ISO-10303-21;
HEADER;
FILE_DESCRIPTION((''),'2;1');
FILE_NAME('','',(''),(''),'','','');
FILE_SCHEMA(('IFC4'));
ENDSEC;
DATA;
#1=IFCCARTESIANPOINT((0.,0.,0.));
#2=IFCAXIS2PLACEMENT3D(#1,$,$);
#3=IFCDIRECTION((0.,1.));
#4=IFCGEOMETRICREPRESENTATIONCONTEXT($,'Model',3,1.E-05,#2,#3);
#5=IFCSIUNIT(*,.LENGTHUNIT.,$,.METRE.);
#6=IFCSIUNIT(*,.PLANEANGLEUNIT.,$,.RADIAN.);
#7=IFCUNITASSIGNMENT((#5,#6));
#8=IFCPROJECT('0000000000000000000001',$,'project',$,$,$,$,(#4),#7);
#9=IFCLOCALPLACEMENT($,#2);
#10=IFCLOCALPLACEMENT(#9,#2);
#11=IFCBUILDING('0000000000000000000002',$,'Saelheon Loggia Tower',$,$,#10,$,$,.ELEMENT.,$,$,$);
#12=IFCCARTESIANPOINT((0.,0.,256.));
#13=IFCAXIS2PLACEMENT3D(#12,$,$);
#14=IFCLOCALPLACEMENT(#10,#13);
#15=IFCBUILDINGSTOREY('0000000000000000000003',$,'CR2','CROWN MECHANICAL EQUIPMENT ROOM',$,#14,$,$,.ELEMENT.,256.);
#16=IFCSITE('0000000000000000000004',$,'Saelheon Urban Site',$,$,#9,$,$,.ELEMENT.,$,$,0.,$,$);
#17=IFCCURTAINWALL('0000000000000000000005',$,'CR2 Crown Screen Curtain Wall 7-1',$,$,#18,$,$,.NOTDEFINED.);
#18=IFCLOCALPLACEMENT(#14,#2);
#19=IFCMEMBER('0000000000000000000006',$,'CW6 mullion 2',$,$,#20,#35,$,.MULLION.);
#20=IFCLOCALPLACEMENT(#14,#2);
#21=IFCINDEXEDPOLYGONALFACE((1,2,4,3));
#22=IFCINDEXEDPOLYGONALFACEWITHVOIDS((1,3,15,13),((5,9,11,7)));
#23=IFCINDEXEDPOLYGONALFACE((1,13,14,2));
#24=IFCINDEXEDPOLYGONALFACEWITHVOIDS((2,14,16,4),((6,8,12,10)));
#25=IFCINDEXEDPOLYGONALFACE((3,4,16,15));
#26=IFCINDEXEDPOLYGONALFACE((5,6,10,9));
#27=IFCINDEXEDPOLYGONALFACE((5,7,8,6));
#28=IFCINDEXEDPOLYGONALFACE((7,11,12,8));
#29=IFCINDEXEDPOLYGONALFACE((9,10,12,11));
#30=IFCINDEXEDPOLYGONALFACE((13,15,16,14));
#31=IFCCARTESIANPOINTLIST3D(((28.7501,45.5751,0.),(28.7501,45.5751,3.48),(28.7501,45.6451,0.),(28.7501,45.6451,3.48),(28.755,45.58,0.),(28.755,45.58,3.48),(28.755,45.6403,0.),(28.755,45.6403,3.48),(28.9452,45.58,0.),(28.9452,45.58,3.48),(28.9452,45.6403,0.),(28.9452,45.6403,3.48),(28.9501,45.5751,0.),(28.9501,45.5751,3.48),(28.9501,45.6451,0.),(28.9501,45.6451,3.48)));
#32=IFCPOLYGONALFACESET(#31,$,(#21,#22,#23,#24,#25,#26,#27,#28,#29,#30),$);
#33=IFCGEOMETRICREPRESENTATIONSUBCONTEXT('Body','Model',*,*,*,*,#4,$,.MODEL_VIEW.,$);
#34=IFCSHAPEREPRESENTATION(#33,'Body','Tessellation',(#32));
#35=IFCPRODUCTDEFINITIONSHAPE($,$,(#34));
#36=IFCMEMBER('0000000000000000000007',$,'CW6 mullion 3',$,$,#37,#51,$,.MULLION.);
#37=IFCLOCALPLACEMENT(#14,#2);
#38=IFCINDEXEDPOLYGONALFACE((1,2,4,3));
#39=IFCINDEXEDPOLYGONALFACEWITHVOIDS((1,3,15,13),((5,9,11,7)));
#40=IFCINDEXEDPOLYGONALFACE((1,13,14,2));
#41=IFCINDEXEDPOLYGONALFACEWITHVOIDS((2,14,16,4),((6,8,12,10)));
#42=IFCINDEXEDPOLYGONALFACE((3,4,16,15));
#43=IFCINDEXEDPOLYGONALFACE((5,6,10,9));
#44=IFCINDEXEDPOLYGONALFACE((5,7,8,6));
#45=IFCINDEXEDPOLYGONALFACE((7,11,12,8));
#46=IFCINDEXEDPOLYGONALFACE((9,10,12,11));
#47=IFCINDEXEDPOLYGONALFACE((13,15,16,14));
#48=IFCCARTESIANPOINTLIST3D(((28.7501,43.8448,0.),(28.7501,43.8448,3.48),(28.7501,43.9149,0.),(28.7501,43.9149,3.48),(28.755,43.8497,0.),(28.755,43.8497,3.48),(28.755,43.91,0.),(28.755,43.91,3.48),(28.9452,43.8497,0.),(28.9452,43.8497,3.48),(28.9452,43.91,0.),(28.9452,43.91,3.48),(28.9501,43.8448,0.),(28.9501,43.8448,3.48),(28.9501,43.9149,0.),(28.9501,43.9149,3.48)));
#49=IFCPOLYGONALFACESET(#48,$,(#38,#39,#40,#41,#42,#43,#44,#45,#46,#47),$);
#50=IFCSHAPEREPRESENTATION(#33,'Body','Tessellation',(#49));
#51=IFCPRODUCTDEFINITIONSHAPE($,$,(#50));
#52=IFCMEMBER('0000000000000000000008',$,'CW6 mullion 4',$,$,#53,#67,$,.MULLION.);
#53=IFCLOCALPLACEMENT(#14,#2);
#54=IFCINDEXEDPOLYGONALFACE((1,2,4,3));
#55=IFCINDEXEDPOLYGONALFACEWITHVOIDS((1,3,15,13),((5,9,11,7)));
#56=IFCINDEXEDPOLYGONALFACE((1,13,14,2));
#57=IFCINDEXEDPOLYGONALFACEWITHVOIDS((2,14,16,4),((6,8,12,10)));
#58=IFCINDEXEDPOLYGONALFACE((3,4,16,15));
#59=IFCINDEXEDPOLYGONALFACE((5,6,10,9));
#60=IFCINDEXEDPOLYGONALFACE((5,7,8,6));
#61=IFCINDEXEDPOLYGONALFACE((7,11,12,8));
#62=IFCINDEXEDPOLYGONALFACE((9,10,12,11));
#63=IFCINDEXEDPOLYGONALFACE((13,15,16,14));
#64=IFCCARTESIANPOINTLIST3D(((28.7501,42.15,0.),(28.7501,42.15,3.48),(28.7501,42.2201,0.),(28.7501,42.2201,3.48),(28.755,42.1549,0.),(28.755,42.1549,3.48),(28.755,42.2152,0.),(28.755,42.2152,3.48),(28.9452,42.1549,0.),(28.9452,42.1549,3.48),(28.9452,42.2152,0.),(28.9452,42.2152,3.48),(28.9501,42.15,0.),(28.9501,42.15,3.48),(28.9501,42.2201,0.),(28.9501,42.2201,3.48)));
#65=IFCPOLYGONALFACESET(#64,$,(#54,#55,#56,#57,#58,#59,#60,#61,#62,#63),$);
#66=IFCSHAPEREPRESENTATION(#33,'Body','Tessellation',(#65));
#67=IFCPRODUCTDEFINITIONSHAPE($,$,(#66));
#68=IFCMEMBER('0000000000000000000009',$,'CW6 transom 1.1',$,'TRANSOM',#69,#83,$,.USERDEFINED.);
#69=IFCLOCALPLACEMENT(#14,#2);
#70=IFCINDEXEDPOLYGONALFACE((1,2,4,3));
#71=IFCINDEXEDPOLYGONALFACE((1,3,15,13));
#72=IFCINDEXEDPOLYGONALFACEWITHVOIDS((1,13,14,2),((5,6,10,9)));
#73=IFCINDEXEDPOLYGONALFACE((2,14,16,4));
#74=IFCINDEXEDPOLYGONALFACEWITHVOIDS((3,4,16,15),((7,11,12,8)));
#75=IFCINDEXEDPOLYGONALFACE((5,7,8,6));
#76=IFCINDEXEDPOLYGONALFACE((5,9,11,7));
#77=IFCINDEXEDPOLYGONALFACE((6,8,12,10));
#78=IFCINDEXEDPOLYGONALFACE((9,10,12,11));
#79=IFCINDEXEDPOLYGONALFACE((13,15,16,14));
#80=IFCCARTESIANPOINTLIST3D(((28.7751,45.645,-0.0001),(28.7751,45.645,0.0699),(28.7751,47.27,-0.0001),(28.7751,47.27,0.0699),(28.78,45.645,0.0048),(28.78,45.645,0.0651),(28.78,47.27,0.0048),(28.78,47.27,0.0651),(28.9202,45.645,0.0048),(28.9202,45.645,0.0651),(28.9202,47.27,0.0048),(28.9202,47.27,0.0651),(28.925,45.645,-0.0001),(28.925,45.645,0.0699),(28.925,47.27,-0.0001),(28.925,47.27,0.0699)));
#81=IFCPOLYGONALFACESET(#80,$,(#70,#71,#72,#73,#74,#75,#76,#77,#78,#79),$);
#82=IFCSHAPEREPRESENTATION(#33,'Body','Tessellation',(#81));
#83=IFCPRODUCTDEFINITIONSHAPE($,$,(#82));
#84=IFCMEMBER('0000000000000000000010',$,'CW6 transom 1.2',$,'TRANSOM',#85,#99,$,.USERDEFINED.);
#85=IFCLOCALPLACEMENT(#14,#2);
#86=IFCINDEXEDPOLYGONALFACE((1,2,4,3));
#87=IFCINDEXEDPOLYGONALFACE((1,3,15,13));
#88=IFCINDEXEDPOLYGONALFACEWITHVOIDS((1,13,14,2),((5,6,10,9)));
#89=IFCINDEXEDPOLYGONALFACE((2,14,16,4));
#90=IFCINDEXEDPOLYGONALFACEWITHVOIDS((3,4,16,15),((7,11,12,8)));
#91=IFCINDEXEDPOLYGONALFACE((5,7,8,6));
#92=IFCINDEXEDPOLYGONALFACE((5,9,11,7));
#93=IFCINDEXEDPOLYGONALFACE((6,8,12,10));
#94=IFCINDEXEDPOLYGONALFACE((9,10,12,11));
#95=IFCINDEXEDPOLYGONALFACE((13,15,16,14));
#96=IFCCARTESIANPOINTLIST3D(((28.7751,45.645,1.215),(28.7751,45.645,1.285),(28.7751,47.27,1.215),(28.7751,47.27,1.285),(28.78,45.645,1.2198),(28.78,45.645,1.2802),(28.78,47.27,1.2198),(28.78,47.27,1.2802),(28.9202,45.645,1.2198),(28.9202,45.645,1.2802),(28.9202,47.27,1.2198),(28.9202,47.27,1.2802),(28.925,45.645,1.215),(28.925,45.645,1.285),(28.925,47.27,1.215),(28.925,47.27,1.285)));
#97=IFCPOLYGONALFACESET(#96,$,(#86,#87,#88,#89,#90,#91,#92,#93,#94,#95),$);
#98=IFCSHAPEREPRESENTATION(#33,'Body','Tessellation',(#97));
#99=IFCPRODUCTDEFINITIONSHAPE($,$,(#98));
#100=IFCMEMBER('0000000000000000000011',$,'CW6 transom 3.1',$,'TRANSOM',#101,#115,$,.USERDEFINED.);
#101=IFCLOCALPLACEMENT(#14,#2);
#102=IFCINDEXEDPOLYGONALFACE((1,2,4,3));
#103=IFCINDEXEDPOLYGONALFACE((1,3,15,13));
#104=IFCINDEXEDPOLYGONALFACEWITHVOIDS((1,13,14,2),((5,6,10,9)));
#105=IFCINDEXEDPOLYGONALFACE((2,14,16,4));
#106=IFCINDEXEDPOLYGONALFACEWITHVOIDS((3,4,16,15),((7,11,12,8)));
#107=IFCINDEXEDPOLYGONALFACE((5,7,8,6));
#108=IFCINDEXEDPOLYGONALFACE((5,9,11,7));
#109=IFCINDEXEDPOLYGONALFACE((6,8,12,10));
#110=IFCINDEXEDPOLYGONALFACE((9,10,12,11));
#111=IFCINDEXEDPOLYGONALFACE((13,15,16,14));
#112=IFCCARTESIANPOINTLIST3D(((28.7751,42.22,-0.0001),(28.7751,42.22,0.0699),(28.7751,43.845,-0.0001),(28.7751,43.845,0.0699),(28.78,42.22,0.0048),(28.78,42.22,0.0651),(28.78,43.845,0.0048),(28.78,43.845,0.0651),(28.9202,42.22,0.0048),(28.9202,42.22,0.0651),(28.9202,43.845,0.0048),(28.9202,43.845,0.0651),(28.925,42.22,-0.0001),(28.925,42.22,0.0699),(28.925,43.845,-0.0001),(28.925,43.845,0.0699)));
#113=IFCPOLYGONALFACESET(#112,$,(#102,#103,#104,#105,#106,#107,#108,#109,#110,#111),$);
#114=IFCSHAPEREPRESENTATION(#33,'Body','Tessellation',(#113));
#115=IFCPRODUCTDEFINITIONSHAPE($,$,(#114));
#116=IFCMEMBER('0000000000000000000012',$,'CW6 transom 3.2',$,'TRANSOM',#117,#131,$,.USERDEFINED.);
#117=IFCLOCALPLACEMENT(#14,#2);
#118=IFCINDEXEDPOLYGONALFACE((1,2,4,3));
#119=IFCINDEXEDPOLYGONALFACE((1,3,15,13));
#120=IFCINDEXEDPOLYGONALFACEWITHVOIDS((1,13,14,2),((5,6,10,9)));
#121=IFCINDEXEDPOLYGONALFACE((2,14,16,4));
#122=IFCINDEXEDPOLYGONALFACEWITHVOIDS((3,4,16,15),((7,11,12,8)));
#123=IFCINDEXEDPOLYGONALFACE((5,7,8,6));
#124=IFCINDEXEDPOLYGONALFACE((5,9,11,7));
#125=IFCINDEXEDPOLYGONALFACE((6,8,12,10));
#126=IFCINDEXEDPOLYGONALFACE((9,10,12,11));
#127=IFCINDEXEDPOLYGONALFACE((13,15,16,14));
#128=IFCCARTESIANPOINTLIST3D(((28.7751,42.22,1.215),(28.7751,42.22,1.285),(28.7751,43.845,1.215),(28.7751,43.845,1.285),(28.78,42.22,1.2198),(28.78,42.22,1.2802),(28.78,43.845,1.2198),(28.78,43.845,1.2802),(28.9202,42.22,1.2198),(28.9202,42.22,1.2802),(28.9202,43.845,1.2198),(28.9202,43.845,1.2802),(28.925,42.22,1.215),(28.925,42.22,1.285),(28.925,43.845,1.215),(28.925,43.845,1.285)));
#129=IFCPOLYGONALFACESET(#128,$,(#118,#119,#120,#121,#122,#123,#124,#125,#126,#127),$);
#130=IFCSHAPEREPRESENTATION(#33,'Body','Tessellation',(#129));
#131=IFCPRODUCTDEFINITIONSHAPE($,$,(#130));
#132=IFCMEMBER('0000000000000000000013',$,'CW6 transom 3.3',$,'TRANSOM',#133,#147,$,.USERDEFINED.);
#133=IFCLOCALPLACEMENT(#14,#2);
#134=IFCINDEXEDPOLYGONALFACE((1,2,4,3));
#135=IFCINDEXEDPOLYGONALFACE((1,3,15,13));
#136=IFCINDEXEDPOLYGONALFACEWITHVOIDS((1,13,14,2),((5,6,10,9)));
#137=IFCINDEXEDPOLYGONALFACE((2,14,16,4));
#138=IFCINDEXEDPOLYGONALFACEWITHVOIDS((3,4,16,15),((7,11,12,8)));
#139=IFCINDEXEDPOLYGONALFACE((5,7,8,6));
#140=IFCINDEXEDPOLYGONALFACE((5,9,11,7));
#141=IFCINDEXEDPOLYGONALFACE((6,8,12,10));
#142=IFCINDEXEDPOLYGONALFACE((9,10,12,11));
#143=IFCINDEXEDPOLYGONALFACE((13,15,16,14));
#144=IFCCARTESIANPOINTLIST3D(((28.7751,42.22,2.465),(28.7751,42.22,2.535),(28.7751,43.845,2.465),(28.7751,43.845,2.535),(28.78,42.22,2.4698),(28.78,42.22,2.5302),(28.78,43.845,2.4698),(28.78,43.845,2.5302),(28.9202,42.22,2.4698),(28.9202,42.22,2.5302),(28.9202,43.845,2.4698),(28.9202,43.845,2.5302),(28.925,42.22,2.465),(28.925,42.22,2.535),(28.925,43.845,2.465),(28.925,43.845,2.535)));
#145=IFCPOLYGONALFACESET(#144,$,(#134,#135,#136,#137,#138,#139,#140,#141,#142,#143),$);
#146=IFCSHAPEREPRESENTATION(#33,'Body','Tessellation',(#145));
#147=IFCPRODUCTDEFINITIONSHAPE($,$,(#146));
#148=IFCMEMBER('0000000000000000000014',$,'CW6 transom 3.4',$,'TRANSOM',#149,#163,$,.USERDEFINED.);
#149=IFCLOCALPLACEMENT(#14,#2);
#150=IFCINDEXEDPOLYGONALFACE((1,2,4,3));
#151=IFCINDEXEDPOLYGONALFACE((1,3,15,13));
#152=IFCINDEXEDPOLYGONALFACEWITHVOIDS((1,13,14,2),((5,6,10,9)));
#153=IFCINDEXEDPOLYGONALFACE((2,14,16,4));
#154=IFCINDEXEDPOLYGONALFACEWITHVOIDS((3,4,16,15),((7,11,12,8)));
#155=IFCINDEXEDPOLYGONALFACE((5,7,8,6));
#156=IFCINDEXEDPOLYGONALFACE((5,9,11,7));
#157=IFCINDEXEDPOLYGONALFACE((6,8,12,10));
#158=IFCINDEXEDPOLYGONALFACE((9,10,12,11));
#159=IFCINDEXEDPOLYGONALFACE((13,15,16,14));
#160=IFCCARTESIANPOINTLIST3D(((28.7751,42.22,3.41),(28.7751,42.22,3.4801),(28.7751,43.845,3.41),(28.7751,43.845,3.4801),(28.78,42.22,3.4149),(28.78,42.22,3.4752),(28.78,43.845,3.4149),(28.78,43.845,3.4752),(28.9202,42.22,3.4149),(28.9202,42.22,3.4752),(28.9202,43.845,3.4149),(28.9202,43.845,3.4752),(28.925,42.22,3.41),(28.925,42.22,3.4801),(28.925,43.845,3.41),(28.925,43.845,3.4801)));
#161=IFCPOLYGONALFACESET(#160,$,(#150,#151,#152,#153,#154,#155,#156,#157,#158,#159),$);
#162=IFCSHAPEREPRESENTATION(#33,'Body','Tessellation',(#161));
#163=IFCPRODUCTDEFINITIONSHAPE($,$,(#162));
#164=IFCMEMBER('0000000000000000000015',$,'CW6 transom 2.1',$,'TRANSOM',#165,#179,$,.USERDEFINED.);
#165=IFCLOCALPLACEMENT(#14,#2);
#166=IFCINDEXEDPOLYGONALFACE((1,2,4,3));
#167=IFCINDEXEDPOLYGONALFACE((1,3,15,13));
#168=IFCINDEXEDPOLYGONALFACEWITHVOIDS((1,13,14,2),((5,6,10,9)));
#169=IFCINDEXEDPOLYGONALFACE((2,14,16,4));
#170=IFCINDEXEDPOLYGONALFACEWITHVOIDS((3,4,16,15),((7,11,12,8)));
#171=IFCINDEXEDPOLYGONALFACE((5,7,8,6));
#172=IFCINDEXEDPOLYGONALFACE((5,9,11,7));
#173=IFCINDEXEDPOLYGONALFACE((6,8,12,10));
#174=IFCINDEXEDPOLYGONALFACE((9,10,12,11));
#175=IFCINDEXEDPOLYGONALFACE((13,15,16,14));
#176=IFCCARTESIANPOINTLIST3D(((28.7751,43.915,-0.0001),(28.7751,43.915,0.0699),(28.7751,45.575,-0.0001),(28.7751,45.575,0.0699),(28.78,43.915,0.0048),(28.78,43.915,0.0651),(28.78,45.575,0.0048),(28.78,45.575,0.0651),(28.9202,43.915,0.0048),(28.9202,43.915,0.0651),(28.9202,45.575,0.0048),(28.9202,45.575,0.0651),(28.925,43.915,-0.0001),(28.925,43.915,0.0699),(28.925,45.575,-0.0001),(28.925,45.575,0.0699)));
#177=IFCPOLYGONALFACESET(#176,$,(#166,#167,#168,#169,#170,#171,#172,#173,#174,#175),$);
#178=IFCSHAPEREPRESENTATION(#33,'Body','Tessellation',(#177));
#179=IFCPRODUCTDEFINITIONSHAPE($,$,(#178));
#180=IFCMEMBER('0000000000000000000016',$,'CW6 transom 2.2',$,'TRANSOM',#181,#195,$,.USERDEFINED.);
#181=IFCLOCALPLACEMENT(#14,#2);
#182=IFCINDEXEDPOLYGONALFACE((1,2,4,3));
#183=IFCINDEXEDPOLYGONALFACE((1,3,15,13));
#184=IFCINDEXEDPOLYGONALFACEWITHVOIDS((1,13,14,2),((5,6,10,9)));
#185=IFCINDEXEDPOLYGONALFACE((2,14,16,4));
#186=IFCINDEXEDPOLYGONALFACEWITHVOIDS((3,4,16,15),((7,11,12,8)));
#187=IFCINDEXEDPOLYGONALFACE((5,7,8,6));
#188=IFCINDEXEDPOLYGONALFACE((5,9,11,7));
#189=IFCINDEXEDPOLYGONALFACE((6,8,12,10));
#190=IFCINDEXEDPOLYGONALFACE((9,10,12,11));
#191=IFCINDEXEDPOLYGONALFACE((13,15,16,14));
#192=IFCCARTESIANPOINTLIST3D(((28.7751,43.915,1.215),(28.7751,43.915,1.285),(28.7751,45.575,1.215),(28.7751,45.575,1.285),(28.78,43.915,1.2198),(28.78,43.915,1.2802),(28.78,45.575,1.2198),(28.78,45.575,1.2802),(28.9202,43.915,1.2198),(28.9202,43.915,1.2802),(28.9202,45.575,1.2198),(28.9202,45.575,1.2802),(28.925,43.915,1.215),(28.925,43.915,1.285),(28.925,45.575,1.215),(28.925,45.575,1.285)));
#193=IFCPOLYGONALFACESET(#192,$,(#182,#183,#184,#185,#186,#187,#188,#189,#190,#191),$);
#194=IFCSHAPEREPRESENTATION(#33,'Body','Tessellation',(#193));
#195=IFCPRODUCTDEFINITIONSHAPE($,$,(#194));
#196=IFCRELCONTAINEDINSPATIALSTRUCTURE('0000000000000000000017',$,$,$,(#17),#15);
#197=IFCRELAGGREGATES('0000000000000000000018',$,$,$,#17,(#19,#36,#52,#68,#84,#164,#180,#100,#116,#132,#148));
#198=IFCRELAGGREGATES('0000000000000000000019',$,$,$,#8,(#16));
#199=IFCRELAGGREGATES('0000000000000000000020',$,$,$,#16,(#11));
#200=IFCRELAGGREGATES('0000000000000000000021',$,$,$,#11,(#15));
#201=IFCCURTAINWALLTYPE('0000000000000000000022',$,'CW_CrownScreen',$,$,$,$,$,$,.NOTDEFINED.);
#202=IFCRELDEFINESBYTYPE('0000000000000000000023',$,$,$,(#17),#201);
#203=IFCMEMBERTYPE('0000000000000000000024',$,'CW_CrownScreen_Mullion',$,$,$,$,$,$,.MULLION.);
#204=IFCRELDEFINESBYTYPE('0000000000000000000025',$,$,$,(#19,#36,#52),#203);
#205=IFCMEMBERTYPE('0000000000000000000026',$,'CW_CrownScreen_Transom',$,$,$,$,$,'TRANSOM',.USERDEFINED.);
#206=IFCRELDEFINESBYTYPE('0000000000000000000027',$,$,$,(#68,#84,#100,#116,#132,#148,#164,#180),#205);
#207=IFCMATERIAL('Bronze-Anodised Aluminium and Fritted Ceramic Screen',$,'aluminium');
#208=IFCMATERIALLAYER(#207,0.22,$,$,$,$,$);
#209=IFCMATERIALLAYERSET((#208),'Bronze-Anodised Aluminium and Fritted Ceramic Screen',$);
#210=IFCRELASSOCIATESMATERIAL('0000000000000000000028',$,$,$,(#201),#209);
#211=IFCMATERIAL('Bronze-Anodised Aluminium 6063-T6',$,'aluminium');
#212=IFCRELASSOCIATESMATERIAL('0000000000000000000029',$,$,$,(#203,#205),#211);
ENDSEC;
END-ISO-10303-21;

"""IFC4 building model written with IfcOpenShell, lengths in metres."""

from ifc_helpers import new_model, si_unit, direction, frame, origin, origin_2d, place, context, subcontext, project, spatial, hollow_rectangle, extrude, source, transform, mapped, material, layer, layer_set, material_profile, profile_set, type_object, element, aggregate, save


model = new_model("IFC4")

# Units and contexts
model_context = context("Model", 3, precision=1e-05, world=origin(), true_north=direction((0.0, 1.0)))
body_context = subcontext(model_context, "Body", "Model", "MODEL_VIEW")
ifc_project = project(units=[si_unit("LENGTHUNIT", "METRE"), si_unit("PLANEANGLEUNIT", "RADIAN")], contexts=[model_context])

# Site, building, storey
site_placement = place(None, origin())
site = spatial("IfcSite", under=ifc_project, at=site_placement, Name="Saelheon Urban Site", CompositionType="ELEMENT", RefElevation=0.0)
building_placement = place(site_placement, origin())
building = spatial("IfcBuilding", under=site, at=building_placement, Name="Saelheon Loggia Tower", CompositionType="ELEMENT")
storey_placement = place(building_placement, frame((0.0, 0.0, 256.0)))
storey = spatial("IfcBuildingStorey", under=building, at=storey_placement, Name="CR2", Description="CROWN MECHANICAL EQUIPMENT ROOM", CompositionType="ELEMENT", Elevation=256.0)

# Curtain wall, members
ifc_material_1 = material(Name="Bronze-Anodised Aluminium and Fritted Ceramic Screen", Category="aluminium")
ifc_layer_1 = layer(ifc_material_1, 0.22)
ifc_layer_set_1 = layer_set([ifc_layer_1], Name="Bronze-Anodised Aluminium and Fritted Ceramic Screen")
curtain_wall_type = type_object("IfcCurtainWallType", Name="CW_CrownScreen", PredefinedType="NOTDEFINED", material=ifc_layer_set_1)
curtain_wall_placement = place(storey_placement, origin())
curtain_wall = element("IfcCurtainWall", 1, at=curtain_wall_placement, inside=storey, type_object=curtain_wall_type, Name="CR2 Crown Screen Curtain Wall 7-1", PredefinedType="NOTDEFINED")
ifc_material_2 = material(Name="Bronze-Anodised Aluminium 6063-T6", Category="aluminium")
ifc_material_profile_1 = material_profile(ifc_material_2, hollow_rectangle(XDim=0.0701, YDim=0.2, WallThickness=0.0049, at=origin_2d()), Name="RHS-200x70x5")
ifc_profile_set_1 = profile_set([ifc_material_profile_1], Name="Bronze-Anodised Aluminium 6063-T6")
member_type_1 = type_object("IfcMemberType", Name="CW_CrownScreen_Mullion", PredefinedType="MULLION", material=ifc_profile_set_1)
shared_shape_1 = source(origin(), body_context, "Body", "SweptSolid", [
    extrude(hollow_rectangle(XDim=0.0701, YDim=0.2, WallThickness=0.0049, at=origin_2d()), origin(), (0.0, 0.0, 1.0), 3.48),
])
member_1_placement = place(storey_placement, frame((28.8501, 45.6101, 0.0), z_axis=(0.0, 0.0, 1.0), x_axis=(0.0, -1.0, 0.0)))
member_1 = element("IfcMember", 2, at=member_1_placement, type_object=member_type_1, Name="CW6 mullion 2", PredefinedType="MULLION", context=body_context, shape_type="MappedRepresentation", body=[
    mapped(shared_shape_1, transform((0.0, 0.0, 0.0), scale=1.0)),
])
member_2_placement = place(storey_placement, frame((28.8501, 43.8799, 0.0), z_axis=(0.0, 0.0, 1.0), x_axis=(0.0, -1.0, 0.0)))
member_2 = element("IfcMember", 3, at=member_2_placement, type_object=member_type_1, Name="CW6 mullion 3", PredefinedType="MULLION", context=body_context, shape_type="MappedRepresentation", body=[
    mapped(shared_shape_1, transform((0.0, 0.0, 0.0), scale=1.0)),
])
member_3_placement = place(storey_placement, frame((28.8501, 42.1851, 0.0), z_axis=(0.0, 0.0, 1.0), x_axis=(0.0, -1.0, 0.0)))
member_3 = element("IfcMember", 4, at=member_3_placement, type_object=member_type_1, Name="CW6 mullion 4", PredefinedType="MULLION", context=body_context, shape_type="MappedRepresentation", body=[
    mapped(shared_shape_1, transform((0.0, 0.0, 0.0), scale=1.0)),
])
ifc_material_profile_2 = material_profile(ifc_material_2, hollow_rectangle(XDim=0.0701, YDim=0.1499, WallThickness=0.0049, at=origin_2d()), Name="RHS-150x70x5")
ifc_profile_set_2 = profile_set([ifc_material_profile_2], Name="Bronze-Anodised Aluminium 6063-T6")
member_type_2 = type_object("IfcMemberType", Name="CW_CrownScreen_Transom", ElementType="TRANSOM", PredefinedType="USERDEFINED", material=ifc_profile_set_2)
shared_shape_2 = source(origin(), body_context, "Body", "SweptSolid", [
    extrude(hollow_rectangle(XDim=0.0701, YDim=0.1499, WallThickness=0.0049, at=origin_2d()), origin(), (0.0, 0.0, 1.0), 1.625),
])
member_4_placement = place(storey_placement, frame((28.8501, 47.27, 0.0349), z_axis=(0.0, -1.0, 0.0), x_axis=(0.0, 0.0, 1.0)))
member_4 = element("IfcMember", 5, at=member_4_placement, type_object=member_type_2, Name="CW6 transom 1.1", ObjectType="TRANSOM", PredefinedType="USERDEFINED", context=body_context, shape_type="MappedRepresentation", body=[
    mapped(shared_shape_2, transform((0.0, 0.0, 0.0), scale=1.0)),
])
member_5_placement = place(storey_placement, frame((28.8501, 47.27, 1.25), z_axis=(0.0, -1.0, 0.0), x_axis=(0.0, 0.0, 1.0)))
member_5 = element("IfcMember", 6, at=member_5_placement, type_object=member_type_2, Name="CW6 transom 1.2", ObjectType="TRANSOM", PredefinedType="USERDEFINED", context=body_context, shape_type="MappedRepresentation", body=[
    mapped(shared_shape_2, transform((0.0, 0.0, 0.0), scale=1.0)),
])
member_6_placement = place(storey_placement, frame((28.8501, 43.845, 0.0349), z_axis=(0.0, -1.0, 0.0), x_axis=(0.0, 0.0, 1.0)))
member_6 = element("IfcMember", 7, at=member_6_placement, type_object=member_type_2, Name="CW6 transom 3.1", ObjectType="TRANSOM", PredefinedType="USERDEFINED", context=body_context, shape_type="MappedRepresentation", body=[
    mapped(shared_shape_2, transform((0.0, 0.0, 0.0), scale=1.0)),
])
member_7_placement = place(storey_placement, frame((28.8501, 43.845, 1.25), z_axis=(0.0, -1.0, 0.0), x_axis=(0.0, 0.0, 1.0)))
member_7 = element("IfcMember", 8, at=member_7_placement, type_object=member_type_2, Name="CW6 transom 3.2", ObjectType="TRANSOM", PredefinedType="USERDEFINED", context=body_context, shape_type="MappedRepresentation", body=[
    mapped(shared_shape_2, transform((0.0, 0.0, 0.0), scale=1.0)),
])
member_8_placement = place(storey_placement, frame((28.8501, 43.845, 2.5), z_axis=(0.0, -1.0, 0.0), x_axis=(0.0, 0.0, 1.0)))
member_8 = element("IfcMember", 9, at=member_8_placement, type_object=member_type_2, Name="CW6 transom 3.3", ObjectType="TRANSOM", PredefinedType="USERDEFINED", context=body_context, shape_type="MappedRepresentation", body=[
    mapped(shared_shape_2, transform((0.0, 0.0, 0.0), scale=1.0)),
])
member_9_placement = place(storey_placement, frame((28.8501, 43.845, 3.4451), z_axis=(0.0, -1.0, 0.0), x_axis=(0.0, 0.0, 1.0)))
member_9 = element("IfcMember", 10, at=member_9_placement, type_object=member_type_2, Name="CW6 transom 3.4", ObjectType="TRANSOM", PredefinedType="USERDEFINED", context=body_context, shape_type="MappedRepresentation", body=[
    mapped(shared_shape_2, transform((0.0, 0.0, 0.0), scale=1.0)),
])
shared_shape_3 = source(origin(), body_context, "Body", "SweptSolid", [
    extrude(hollow_rectangle(XDim=0.0701, YDim=0.1499, WallThickness=0.0049, at=origin_2d()), origin(), (0.0, 0.0, 1.0), 1.6599),
])
member_10_placement = place(storey_placement, frame((28.8501, 45.575, 0.0349), z_axis=(0.0, -1.0, 0.0), x_axis=(0.0, 0.0, 1.0)))
member_10 = element("IfcMember", 11, at=member_10_placement, type_object=member_type_2, Name="CW6 transom 2.1", ObjectType="TRANSOM", PredefinedType="USERDEFINED", context=body_context, shape_type="MappedRepresentation", body=[
    mapped(shared_shape_3, transform((0.0, 0.0, 0.0), scale=1.0)),
])
member_11_placement = place(storey_placement, frame((28.8501, 45.575, 1.25), z_axis=(0.0, -1.0, 0.0), x_axis=(0.0, 0.0, 1.0)))
member_11 = element("IfcMember", 12, at=member_11_placement, type_object=member_type_2, Name="CW6 transom 2.2", ObjectType="TRANSOM", PredefinedType="USERDEFINED", context=body_context, shape_type="MappedRepresentation", body=[
    mapped(shared_shape_3, transform((0.0, 0.0, 0.0), scale=1.0)),
])
aggregate(curtain_wall, [member_1, member_2, member_3, member_4, member_5, member_10, member_11, member_6, member_7, member_8, member_9])

save(model, "model.ifc")
